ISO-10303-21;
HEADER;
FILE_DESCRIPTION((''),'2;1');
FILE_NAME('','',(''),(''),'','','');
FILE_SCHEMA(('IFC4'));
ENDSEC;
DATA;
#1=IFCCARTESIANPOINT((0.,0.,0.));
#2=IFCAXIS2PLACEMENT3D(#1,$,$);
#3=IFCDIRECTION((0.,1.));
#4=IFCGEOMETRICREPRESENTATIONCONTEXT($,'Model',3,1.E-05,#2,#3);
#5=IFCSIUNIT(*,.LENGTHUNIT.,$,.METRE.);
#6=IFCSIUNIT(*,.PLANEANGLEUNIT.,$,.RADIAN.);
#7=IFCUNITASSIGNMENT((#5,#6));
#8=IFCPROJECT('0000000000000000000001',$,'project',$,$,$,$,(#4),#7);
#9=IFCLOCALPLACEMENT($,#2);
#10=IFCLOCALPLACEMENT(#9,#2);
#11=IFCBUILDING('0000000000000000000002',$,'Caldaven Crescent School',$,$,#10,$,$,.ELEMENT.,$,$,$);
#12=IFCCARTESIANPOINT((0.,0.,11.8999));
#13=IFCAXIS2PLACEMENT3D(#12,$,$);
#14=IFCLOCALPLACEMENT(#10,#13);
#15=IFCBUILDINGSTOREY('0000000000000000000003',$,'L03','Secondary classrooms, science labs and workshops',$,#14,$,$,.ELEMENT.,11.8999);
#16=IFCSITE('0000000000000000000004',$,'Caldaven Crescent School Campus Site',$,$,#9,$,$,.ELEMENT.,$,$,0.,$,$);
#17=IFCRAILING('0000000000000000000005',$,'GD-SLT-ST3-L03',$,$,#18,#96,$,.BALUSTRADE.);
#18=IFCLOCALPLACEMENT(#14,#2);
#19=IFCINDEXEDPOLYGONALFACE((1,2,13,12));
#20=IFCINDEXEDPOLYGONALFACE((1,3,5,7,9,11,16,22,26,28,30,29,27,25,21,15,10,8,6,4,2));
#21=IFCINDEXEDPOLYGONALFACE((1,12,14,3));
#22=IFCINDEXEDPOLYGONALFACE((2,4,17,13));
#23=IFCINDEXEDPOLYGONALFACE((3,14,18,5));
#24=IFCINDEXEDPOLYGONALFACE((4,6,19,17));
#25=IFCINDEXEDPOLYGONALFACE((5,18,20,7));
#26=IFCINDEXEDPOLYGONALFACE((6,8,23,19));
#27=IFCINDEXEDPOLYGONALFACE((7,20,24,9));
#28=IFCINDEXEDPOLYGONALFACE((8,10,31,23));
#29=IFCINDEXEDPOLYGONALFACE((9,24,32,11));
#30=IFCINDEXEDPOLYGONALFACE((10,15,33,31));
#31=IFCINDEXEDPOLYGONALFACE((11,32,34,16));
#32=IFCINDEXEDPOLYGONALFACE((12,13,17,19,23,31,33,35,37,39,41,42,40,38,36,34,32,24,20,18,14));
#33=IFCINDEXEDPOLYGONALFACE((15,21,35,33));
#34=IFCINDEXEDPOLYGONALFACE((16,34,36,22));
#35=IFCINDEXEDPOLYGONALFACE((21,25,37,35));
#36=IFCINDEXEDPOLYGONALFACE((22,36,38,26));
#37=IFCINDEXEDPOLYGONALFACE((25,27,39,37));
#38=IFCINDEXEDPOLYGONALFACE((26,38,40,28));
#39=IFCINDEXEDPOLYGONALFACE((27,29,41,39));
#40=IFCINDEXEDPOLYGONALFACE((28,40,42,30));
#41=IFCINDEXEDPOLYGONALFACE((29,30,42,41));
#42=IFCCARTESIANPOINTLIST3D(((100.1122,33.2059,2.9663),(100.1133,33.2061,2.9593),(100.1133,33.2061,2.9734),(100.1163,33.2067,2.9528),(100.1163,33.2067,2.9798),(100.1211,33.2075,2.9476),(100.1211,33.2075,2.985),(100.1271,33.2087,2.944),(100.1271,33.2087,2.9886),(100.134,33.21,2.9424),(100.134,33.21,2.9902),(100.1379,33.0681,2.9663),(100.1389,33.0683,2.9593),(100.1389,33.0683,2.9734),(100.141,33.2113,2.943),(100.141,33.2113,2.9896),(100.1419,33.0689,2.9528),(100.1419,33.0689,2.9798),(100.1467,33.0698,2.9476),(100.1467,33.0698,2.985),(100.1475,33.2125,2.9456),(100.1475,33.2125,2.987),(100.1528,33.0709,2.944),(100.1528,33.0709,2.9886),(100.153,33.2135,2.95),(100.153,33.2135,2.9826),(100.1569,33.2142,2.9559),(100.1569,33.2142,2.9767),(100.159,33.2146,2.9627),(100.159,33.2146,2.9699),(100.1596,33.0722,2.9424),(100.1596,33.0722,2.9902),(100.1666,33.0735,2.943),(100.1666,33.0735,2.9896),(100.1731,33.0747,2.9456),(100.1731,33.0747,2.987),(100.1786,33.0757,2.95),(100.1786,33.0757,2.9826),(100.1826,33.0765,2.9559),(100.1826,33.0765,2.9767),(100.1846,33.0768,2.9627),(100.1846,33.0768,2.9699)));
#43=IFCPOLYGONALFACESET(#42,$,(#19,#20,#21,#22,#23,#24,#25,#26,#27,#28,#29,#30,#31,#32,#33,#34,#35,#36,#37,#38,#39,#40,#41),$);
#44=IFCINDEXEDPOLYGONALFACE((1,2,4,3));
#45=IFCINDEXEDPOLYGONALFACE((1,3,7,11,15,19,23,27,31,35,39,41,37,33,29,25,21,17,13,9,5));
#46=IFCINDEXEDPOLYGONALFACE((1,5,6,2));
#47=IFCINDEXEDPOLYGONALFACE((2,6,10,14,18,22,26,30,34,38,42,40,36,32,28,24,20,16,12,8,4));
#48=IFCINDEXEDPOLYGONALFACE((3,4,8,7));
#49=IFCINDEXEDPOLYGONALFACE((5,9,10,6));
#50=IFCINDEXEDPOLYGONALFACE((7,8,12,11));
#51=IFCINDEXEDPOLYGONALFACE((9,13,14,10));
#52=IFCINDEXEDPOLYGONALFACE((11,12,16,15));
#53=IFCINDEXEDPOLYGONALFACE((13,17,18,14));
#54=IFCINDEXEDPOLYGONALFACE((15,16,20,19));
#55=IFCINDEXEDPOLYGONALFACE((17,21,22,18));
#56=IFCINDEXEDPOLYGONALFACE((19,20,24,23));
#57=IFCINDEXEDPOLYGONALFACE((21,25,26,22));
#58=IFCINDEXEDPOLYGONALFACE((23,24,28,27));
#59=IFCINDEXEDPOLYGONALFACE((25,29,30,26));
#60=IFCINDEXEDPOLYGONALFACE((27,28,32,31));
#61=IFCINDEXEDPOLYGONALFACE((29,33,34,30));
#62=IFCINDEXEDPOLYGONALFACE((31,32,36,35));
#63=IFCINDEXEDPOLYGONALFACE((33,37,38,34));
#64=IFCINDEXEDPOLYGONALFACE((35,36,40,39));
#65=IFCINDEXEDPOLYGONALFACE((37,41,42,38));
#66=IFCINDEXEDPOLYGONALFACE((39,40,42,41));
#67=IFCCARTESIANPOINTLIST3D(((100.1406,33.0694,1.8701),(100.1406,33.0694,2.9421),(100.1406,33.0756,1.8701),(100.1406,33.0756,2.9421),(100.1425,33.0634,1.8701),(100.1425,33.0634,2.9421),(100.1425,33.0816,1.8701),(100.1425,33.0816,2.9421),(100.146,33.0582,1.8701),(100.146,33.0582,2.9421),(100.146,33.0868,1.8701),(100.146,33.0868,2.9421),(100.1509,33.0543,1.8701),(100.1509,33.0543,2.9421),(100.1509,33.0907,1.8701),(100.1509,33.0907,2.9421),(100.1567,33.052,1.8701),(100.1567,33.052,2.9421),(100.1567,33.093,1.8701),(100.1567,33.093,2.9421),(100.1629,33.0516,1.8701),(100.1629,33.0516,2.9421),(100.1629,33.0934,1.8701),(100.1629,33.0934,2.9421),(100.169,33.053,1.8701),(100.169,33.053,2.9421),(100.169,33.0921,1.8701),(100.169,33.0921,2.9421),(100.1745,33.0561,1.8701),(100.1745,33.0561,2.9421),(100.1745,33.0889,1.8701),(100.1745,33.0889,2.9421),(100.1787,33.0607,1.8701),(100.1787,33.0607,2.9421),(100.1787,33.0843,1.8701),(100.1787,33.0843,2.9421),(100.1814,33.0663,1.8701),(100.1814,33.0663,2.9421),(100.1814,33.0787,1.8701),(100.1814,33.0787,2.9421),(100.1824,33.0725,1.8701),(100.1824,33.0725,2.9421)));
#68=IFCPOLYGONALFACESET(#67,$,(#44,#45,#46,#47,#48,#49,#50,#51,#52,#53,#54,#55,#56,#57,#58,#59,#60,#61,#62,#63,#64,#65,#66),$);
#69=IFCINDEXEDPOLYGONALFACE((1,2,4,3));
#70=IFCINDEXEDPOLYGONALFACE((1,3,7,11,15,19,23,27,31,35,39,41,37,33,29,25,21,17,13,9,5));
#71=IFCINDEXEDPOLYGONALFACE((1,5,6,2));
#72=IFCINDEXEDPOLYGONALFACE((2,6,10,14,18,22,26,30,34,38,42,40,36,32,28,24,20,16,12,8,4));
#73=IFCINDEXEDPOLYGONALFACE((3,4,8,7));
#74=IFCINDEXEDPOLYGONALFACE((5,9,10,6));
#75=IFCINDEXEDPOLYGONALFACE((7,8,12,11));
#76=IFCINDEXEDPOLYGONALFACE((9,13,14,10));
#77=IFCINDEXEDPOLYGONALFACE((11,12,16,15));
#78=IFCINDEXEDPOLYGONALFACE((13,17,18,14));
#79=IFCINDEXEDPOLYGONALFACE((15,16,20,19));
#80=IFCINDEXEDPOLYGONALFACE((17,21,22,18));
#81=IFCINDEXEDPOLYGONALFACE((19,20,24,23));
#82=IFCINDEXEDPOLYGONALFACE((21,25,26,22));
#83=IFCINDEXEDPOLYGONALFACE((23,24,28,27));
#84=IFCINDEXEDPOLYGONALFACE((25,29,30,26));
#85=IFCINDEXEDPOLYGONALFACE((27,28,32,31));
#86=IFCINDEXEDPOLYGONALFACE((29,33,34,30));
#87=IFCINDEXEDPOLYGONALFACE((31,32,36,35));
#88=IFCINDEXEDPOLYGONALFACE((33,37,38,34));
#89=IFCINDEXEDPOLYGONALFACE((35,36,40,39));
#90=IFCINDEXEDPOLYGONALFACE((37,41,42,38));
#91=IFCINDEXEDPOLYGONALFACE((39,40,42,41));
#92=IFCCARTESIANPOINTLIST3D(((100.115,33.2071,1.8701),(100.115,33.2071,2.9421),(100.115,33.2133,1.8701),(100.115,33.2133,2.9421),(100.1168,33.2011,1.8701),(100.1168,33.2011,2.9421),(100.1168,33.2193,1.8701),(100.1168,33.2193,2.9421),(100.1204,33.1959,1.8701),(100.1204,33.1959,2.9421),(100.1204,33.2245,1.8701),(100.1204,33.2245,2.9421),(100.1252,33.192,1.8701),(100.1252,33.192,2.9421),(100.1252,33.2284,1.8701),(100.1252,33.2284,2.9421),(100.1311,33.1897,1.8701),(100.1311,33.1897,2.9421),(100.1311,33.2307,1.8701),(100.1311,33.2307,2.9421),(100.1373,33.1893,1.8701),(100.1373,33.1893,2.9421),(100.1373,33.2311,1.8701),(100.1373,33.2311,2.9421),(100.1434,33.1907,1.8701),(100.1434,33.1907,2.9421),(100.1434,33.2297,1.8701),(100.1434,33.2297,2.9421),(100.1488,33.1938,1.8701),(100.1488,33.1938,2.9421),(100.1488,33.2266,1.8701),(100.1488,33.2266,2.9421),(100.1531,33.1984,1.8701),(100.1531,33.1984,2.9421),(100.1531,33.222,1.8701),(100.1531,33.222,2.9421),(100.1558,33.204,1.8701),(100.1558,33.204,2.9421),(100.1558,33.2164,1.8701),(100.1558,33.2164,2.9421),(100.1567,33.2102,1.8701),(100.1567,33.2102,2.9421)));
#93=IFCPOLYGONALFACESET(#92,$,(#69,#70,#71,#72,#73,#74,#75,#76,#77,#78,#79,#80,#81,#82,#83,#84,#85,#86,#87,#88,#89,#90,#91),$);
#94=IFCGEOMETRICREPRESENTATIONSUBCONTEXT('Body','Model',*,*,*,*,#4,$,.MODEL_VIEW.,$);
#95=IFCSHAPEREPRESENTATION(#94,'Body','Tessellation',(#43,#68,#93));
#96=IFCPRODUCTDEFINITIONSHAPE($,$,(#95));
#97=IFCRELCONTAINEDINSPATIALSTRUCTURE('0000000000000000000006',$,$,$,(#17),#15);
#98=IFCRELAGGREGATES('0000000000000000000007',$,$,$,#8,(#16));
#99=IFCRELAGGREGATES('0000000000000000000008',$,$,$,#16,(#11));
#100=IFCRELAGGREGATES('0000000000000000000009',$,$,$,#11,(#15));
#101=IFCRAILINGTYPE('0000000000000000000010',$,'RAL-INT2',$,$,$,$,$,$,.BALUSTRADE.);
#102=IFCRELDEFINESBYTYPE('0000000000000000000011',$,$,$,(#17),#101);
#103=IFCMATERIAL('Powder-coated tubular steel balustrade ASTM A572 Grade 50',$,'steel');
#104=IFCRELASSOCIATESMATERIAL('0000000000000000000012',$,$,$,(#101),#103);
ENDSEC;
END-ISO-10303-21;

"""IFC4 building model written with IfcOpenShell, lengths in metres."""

from ifc_helpers import new_model, si_unit, direction, frame, origin, origin_2d, place, context, subcontext, project, spatial, circle, extrude, material, type_object, element, save


model = new_model("IFC4")

# Units and contexts
model_context = context("Model", 3, precision=1e-05, world=origin(), true_north=direction((0.0, 1.0)))
body_context = subcontext(model_context, "Body", "Model", "MODEL_VIEW")
ifc_project = project(units=[si_unit("LENGTHUNIT", "METRE"), si_unit("PLANEANGLEUNIT", "RADIAN")], contexts=[model_context])

# Site, building, storey
site_placement = place(None, origin())
site = spatial("IfcSite", under=ifc_project, at=site_placement, Name="Caldaven Crescent School Campus Site", CompositionType="ELEMENT", RefElevation=0.0)
building_placement = place(site_placement, origin())
building = spatial("IfcBuilding", under=site, at=building_placement, Name="Caldaven Crescent School", CompositionType="ELEMENT")
storey_placement = place(building_placement, frame((0.0, 0.0, 11.8999)))
storey = spatial("IfcBuildingStorey", under=building, at=storey_placement, Name="L03", Description="Secondary classrooms, science labs and workshops", CompositionType="ELEMENT", Elevation=11.8999)

# Railing
ifc_material_1 = material(Name="Powder-coated tubular steel balustrade ASTM A572 Grade 50", Category="steel")
railing_type_1 = type_object("IfcRailingType", Name="RAL-INT2", PredefinedType="BALUSTRADE", material=ifc_material_1)
railing_1_placement = place(storey_placement, frame((100.1614, 33.0725, 1.8701)))
element("IfcRailing", 1, at=railing_1_placement, inside=storey, type_object=railing_type_1, Name="GD-SLT-ST3-L03", PredefinedType="BALUSTRADE", context=body_context, shape_type="SweptSolid", body=[
    extrude(circle(Radius=0.0239, at=origin_2d()), frame((0.0, 0.0, 1.0962), z_axis=(-0.183025, 0.983108, 0.0), x_axis=(-0.983108, -0.183025, 0.0)), (0.0, 0.0, 1.0), 0.1401),
    extrude(circle(Radius=0.021, at=origin_2d()), origin(), (0.0, 0.0, 1.0), 1.072),
    extrude(circle(Radius=0.021, at=origin_2d()), frame((-0.0256, 0.1377, 0.0)), (0.0, 0.0, 1.0), 1.072),
])

save(model, "model.ifc")
